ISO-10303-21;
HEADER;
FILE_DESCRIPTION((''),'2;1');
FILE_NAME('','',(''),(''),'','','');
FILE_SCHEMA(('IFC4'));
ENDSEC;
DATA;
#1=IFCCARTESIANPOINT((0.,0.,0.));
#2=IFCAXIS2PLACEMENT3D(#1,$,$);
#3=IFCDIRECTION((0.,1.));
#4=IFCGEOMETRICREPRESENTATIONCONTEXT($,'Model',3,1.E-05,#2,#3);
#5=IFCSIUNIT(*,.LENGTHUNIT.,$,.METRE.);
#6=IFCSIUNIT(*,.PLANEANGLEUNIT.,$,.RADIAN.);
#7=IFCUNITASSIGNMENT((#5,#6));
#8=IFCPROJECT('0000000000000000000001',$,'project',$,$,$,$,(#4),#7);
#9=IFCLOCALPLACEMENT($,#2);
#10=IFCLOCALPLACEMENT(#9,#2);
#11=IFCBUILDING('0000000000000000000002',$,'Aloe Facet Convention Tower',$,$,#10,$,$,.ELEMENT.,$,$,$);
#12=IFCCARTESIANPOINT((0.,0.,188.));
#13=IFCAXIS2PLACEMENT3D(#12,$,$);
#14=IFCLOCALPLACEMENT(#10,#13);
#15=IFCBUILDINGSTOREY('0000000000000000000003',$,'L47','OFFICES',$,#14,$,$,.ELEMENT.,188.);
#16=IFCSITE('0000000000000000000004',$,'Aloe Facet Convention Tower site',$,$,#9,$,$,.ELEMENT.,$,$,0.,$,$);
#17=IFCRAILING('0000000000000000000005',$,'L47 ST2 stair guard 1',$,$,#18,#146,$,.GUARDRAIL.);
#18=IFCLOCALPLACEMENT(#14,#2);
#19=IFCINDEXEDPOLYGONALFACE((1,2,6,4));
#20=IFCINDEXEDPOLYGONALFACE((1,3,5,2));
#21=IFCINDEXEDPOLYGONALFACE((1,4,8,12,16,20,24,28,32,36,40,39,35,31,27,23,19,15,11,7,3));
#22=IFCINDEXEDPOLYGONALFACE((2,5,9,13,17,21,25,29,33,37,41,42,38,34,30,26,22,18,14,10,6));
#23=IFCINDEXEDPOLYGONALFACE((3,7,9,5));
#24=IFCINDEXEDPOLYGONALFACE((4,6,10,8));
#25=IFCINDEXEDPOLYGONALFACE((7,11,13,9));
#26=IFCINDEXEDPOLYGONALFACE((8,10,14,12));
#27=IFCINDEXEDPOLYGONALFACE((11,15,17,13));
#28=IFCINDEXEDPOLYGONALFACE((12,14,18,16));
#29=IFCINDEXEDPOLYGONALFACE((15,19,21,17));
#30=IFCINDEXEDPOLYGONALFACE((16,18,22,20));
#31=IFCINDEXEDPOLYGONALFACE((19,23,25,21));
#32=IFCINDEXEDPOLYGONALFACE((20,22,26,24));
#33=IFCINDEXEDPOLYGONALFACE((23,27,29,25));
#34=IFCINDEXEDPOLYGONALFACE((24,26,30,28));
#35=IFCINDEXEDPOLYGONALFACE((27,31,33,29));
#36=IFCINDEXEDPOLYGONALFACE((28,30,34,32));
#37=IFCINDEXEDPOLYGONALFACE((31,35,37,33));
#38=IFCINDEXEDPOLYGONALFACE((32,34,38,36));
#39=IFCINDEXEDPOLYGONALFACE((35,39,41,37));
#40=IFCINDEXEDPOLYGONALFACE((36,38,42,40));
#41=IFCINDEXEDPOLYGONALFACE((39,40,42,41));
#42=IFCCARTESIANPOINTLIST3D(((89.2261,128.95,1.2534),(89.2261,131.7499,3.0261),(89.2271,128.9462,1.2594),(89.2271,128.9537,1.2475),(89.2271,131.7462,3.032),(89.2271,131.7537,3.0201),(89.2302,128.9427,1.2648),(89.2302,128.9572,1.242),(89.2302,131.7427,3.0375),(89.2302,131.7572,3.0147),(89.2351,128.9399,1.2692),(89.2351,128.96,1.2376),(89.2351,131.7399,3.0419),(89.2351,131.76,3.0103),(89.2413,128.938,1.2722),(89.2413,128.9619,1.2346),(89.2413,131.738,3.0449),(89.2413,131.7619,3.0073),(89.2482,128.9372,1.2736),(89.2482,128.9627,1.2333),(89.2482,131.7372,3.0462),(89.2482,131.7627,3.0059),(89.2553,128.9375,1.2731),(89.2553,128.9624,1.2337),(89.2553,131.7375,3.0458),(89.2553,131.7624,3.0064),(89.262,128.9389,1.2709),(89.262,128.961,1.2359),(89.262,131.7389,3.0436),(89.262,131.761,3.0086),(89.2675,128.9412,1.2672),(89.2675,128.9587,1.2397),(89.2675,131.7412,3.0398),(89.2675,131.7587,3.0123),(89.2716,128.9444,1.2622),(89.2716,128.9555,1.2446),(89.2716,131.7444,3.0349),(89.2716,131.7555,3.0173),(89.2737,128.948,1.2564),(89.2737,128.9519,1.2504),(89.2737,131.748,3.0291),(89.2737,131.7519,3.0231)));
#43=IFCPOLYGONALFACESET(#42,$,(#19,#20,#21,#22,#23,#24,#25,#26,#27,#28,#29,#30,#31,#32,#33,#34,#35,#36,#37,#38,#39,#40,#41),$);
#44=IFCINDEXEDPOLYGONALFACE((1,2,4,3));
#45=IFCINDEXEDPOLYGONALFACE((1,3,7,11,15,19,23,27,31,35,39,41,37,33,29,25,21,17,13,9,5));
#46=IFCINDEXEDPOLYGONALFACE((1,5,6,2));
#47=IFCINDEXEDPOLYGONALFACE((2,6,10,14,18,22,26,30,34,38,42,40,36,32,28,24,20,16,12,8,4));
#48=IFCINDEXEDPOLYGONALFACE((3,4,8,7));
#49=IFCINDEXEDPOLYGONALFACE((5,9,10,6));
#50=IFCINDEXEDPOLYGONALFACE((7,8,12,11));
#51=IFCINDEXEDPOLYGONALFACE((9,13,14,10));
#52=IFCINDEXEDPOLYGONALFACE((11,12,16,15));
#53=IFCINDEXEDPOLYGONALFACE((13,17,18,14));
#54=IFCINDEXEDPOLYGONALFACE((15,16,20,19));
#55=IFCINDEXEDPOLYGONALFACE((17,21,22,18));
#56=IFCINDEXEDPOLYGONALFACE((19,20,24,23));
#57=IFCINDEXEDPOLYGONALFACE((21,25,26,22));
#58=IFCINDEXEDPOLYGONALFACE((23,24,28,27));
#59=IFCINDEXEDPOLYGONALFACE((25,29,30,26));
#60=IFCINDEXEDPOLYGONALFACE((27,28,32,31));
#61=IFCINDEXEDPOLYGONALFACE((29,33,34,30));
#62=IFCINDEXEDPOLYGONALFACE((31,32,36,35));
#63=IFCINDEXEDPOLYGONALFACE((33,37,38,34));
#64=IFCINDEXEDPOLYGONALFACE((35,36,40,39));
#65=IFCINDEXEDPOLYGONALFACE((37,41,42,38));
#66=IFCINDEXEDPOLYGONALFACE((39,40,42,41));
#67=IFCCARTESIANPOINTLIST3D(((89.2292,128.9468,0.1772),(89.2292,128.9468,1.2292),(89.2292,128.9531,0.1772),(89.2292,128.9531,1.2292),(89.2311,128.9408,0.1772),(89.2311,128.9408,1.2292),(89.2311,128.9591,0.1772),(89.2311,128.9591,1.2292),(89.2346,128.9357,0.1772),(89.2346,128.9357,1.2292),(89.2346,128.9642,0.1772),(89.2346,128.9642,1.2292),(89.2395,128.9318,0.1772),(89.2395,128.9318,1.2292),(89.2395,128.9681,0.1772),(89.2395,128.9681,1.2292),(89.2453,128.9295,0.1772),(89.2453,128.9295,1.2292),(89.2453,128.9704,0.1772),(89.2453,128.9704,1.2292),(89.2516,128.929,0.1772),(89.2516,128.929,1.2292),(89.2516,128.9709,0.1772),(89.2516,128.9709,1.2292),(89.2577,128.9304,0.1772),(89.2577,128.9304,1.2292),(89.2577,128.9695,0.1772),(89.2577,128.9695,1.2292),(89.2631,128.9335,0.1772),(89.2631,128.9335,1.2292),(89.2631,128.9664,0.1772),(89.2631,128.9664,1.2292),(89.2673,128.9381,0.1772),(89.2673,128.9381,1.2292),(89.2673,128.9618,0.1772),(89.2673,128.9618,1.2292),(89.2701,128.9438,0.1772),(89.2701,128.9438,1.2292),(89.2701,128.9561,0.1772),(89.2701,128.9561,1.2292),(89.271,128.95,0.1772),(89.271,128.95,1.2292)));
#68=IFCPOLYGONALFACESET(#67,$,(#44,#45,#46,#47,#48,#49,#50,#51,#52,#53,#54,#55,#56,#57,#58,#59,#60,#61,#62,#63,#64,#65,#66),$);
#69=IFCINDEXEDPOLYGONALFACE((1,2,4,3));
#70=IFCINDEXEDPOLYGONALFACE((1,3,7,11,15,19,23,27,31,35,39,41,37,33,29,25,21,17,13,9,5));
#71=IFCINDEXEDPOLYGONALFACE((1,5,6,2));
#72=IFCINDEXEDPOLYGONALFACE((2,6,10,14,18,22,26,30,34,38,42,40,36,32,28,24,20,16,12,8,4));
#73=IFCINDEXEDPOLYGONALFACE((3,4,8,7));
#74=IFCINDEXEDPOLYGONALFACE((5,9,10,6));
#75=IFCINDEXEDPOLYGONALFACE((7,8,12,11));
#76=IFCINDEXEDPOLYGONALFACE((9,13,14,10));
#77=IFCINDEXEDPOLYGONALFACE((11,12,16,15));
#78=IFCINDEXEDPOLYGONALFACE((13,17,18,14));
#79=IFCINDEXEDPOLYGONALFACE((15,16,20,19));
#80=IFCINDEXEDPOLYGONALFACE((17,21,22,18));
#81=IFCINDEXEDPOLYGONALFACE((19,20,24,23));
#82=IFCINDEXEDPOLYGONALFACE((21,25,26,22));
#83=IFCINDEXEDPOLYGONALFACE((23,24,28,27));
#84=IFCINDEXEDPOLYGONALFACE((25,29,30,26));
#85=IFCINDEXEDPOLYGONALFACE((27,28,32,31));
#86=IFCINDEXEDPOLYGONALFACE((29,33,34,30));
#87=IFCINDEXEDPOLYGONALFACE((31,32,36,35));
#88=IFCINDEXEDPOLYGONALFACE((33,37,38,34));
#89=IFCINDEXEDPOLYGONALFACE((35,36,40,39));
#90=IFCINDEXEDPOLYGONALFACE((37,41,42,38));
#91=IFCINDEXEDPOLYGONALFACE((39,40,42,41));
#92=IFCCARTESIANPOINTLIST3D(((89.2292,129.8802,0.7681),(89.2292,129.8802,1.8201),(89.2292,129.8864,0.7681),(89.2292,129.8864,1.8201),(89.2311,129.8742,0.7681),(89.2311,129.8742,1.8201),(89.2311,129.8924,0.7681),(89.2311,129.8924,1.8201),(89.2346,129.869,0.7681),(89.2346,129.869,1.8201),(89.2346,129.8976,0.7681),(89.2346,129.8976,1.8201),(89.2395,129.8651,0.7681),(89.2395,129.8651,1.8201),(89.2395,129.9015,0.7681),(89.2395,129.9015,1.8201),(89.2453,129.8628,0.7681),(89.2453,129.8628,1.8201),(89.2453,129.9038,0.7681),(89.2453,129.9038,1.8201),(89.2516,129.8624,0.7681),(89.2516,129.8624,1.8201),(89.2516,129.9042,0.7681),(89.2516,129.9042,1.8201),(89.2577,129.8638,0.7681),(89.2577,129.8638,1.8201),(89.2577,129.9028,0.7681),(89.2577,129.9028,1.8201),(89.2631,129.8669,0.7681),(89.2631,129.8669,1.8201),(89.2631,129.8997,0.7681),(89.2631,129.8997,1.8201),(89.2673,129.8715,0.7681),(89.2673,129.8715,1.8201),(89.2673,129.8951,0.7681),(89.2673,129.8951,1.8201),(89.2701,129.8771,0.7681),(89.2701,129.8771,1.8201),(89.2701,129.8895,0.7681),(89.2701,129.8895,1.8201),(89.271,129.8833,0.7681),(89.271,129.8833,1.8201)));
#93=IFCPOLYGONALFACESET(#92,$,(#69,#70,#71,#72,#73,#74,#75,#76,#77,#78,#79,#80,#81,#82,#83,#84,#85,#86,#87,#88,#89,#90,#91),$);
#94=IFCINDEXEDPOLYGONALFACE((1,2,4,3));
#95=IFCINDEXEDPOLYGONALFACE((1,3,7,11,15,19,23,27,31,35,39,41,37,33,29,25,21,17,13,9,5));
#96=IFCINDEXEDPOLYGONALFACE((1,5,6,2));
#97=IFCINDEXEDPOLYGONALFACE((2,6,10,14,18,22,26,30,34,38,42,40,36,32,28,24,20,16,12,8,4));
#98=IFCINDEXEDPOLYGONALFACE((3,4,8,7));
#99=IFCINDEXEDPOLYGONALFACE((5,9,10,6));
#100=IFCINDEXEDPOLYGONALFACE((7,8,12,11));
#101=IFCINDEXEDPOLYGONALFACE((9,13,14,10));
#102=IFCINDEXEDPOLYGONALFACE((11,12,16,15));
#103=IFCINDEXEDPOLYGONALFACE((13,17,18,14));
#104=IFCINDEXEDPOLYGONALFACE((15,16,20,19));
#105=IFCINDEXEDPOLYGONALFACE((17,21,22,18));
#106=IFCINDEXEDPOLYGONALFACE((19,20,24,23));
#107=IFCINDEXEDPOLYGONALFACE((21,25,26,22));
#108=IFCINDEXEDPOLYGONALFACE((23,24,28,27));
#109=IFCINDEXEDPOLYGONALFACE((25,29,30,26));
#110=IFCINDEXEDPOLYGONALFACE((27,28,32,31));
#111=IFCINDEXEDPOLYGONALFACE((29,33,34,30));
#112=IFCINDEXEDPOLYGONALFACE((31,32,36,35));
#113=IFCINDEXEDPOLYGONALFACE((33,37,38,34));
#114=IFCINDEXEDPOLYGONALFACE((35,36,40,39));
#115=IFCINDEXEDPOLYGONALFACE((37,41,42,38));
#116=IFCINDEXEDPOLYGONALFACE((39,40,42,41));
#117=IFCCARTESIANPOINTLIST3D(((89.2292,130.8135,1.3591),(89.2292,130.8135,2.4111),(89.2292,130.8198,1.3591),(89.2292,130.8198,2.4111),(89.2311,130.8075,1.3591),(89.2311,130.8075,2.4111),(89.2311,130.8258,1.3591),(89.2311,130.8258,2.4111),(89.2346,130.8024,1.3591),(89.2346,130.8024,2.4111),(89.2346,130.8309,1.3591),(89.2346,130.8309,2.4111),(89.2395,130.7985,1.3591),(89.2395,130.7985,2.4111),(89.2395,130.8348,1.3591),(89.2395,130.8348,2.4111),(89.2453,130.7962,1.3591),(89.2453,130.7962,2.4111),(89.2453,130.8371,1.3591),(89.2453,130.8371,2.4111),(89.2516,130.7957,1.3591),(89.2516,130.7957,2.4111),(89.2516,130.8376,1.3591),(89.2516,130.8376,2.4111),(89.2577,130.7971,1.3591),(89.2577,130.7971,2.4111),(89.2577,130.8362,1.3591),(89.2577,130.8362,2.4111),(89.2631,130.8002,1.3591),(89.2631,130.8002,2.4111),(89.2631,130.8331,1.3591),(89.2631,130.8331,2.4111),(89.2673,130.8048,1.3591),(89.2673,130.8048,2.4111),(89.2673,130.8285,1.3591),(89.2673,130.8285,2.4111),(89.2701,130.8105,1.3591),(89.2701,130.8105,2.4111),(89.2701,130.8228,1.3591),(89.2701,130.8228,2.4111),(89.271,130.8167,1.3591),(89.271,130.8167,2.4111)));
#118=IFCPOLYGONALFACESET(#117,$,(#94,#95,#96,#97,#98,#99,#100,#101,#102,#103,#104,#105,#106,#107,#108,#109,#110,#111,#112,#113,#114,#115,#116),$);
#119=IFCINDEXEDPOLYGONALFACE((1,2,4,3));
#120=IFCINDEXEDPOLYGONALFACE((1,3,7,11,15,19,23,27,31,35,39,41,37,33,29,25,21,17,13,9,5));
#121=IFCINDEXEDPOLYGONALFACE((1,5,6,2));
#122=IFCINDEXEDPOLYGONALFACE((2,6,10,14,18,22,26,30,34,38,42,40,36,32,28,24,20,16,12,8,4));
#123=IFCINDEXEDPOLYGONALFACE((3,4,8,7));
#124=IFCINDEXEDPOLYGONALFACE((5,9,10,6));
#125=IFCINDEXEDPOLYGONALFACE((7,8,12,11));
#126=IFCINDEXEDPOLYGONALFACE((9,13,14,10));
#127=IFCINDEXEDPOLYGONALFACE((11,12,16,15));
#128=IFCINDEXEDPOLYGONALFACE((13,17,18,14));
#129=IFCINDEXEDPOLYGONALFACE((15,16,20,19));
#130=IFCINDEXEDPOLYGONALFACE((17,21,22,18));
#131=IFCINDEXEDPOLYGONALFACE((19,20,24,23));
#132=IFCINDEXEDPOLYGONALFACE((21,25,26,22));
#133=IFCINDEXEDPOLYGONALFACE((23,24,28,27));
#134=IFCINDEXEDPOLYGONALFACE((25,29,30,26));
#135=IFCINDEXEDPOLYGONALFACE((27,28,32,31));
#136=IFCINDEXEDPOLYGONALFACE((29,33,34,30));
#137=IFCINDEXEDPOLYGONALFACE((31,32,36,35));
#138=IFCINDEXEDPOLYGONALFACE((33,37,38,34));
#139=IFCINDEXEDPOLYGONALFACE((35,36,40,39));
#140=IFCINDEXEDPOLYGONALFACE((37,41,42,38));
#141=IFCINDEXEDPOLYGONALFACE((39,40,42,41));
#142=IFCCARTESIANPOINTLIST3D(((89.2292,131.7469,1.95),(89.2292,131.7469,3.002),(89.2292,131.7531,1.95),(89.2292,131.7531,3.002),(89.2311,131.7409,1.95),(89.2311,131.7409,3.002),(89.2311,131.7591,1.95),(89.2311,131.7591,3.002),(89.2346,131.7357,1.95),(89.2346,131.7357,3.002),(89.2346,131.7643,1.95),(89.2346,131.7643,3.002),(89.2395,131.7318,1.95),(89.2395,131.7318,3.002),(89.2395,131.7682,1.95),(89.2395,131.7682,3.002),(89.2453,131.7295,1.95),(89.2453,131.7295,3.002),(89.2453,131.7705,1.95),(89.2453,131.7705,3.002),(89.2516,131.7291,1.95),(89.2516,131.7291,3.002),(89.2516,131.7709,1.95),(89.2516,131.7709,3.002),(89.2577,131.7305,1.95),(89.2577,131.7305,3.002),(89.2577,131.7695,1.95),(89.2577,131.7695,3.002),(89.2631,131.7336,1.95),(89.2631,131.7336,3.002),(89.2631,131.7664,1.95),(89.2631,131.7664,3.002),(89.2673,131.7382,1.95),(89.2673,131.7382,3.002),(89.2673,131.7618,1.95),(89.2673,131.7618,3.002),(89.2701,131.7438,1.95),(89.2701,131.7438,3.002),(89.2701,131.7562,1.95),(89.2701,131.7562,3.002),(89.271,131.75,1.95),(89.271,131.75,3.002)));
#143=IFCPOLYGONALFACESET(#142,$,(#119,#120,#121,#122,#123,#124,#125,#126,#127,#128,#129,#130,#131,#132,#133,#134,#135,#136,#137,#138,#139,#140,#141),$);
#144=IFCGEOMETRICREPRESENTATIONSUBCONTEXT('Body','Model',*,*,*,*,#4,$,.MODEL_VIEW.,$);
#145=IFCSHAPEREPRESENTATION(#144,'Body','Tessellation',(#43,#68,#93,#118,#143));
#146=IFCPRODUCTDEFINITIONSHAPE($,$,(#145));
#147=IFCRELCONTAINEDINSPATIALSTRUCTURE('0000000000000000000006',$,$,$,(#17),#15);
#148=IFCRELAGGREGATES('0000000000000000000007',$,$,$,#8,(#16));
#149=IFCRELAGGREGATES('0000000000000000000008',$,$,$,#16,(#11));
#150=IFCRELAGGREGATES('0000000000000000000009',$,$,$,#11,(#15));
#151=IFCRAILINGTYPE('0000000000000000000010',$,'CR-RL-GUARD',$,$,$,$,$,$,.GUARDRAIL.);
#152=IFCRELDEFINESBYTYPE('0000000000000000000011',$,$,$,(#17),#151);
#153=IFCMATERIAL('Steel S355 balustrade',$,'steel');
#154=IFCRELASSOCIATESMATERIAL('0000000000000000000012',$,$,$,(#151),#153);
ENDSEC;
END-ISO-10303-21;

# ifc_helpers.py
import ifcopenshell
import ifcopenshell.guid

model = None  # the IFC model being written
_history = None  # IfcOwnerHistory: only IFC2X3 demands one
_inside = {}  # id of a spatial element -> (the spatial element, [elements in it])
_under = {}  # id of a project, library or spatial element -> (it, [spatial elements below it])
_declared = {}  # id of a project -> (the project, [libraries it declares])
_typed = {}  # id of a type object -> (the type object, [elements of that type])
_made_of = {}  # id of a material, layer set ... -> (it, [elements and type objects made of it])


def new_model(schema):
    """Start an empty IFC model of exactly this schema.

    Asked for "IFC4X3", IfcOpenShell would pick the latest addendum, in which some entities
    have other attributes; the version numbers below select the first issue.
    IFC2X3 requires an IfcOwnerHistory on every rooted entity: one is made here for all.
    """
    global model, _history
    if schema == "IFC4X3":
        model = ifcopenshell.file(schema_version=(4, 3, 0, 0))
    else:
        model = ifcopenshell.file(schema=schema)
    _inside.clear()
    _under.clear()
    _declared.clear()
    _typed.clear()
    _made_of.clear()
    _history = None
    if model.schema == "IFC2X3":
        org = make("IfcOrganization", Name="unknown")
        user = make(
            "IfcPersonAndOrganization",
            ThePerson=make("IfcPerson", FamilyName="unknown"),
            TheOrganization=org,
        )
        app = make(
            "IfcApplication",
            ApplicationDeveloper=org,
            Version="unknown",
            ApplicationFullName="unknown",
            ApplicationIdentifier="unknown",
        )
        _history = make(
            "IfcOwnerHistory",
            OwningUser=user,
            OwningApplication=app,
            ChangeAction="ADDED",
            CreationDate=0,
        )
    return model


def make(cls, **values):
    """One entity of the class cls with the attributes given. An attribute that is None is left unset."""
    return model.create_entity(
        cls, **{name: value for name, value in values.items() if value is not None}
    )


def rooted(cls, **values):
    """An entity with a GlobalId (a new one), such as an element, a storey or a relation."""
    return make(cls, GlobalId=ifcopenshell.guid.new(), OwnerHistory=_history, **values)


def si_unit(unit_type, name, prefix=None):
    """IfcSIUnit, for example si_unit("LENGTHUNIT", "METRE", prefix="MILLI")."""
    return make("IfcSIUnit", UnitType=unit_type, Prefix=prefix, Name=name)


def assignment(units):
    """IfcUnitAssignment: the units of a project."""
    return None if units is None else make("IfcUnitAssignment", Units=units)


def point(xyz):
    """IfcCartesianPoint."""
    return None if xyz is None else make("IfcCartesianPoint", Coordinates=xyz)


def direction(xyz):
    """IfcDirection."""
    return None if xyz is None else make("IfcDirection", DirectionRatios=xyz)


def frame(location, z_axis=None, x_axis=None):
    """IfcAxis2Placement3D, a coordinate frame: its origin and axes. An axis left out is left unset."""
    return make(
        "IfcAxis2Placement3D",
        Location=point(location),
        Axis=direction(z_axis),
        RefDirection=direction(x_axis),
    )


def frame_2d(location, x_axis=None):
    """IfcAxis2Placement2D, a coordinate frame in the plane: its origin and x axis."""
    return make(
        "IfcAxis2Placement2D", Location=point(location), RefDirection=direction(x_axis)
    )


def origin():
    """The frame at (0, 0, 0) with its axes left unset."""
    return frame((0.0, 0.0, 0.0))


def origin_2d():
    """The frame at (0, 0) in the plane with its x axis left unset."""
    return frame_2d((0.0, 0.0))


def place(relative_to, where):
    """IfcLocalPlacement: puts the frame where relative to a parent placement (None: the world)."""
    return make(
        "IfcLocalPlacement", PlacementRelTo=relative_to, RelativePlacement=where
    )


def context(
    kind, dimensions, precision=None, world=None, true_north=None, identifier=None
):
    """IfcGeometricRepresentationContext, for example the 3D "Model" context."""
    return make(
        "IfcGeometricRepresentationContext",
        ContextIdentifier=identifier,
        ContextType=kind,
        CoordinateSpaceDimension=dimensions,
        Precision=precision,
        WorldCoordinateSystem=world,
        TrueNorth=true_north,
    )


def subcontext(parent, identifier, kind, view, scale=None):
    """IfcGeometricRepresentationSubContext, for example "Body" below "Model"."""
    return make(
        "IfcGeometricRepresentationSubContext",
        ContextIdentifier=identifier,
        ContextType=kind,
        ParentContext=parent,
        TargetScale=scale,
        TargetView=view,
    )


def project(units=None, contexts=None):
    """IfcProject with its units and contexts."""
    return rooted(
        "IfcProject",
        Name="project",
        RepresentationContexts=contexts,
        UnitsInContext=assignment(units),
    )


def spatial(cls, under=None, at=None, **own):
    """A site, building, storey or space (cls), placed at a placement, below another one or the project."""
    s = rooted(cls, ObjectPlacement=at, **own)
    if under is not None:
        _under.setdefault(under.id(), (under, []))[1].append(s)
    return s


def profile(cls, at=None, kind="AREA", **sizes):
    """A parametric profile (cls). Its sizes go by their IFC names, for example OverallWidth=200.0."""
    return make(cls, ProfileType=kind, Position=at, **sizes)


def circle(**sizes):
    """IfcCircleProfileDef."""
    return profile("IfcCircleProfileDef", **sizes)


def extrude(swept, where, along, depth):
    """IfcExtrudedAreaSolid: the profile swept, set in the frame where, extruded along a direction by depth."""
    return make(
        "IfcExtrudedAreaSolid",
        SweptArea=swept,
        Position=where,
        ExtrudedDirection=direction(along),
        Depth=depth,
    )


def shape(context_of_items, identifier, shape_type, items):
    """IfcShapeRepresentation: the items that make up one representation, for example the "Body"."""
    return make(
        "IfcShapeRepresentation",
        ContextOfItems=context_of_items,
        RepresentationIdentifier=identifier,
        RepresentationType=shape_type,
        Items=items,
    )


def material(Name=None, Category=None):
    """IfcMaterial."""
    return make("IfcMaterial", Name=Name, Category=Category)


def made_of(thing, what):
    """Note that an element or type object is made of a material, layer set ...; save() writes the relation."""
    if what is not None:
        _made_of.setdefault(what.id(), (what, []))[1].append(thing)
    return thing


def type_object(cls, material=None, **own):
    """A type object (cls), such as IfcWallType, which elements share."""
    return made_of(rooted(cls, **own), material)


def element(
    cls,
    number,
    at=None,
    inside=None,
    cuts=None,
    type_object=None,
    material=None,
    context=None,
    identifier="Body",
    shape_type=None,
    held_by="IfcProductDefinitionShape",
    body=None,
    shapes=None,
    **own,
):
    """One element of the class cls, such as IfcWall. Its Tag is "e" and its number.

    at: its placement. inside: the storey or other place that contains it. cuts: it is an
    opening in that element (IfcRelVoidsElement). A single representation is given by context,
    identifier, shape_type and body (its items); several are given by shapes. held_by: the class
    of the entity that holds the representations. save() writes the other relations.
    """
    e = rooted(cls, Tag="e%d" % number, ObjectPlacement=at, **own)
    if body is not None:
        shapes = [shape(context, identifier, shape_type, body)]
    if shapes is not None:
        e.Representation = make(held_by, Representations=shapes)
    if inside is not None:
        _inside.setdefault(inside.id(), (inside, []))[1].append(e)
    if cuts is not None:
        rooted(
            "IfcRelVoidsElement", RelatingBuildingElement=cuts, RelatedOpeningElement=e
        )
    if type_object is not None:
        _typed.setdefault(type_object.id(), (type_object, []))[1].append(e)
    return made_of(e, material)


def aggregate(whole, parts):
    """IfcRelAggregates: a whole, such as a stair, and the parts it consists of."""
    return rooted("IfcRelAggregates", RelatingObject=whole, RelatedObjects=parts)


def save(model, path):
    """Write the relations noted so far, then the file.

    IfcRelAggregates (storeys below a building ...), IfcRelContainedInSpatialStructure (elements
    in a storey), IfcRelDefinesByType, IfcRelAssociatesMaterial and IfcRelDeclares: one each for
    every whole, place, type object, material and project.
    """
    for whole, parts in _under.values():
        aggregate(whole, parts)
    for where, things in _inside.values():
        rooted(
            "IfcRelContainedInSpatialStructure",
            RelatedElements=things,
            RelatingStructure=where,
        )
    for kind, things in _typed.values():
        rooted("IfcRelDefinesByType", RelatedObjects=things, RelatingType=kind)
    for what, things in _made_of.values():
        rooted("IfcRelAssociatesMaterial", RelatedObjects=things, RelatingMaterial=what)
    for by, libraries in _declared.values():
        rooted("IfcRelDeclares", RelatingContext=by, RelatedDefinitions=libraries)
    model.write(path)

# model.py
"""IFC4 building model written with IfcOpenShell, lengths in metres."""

from ifc_helpers import new_model, si_unit, direction, frame, origin, origin_2d, place, context, subcontext, project, spatial, circle, extrude, material, type_object, element, save


model = new_model("IFC4")

# Units and contexts
model_context = context("Model", 3, precision=1e-05, world=origin(), true_north=direction((0.0, 1.0)))
body_context = subcontext(model_context, "Body", "Model", "MODEL_VIEW")
ifc_project = project(units=[si_unit("LENGTHUNIT", "METRE"), si_unit("PLANEANGLEUNIT", "RADIAN")], contexts=[model_context])

# Site, building, storey
site_placement = place(None, origin())
site = spatial("IfcSite", under=ifc_project, at=site_placement, Name="Aloe Facet Convention Tower site", CompositionType="ELEMENT", RefElevation=0.0)
building_placement = place(site_placement, origin())
building = spatial("IfcBuilding", under=site, at=building_placement, Name="Aloe Facet Convention Tower", CompositionType="ELEMENT")
storey_placement = place(building_placement, frame((0.0, 0.0, 188.0)))
storey = spatial("IfcBuildingStorey", under=building, at=storey_placement, Name="L47", Description="OFFICES", CompositionType="ELEMENT", Elevation=188.0)

# Railing
ifc_material_1 = material(Name="Steel S355 balustrade", Category="steel")
railing_type_1 = type_object("IfcRailingType", Name="CR-RL-GUARD", PredefinedType="GUARDRAIL", material=ifc_material_1)
railing_1_placement = place(storey_placement, frame((89.25, 128.95, 0.1772)))
element("IfcRailing", 1, at=railing_1_placement, inside=storey, type_object=railing_type_1, Name="L47 ST2 stair guard 1", PredefinedType="GUARDRAIL", context=body_context, shape_type="SweptSolid", body=[
    extrude(circle(Radius=0.0239, at=origin_2d()), frame((0.0, 0.0, 1.0762), z_axis=(0.0, 0.844909, 0.53491), x_axis=(-1.0, 0.0, 0.0)), (0.0, 0.0, 1.0), 3.314),
    extrude(circle(Radius=0.021, at=origin_2d()), origin(), (0.0, 0.0, 1.0), 1.052),
    extrude(circle(Radius=0.021, at=origin_2d()), frame((0.0, 0.9333, 0.5908)), (0.0, 0.0, 1.0), 1.052),
    extrude(circle(Radius=0.021, at=origin_2d()), frame((0.0, 1.8667, 1.1819)), (0.0, 0.0, 1.0), 1.052),
    extrude(circle(Radius=0.021, at=origin_2d()), frame((0.0, 2.8, 1.7727)), (0.0, 0.0, 1.0), 1.052),
])

save(model, "model.ifc")
